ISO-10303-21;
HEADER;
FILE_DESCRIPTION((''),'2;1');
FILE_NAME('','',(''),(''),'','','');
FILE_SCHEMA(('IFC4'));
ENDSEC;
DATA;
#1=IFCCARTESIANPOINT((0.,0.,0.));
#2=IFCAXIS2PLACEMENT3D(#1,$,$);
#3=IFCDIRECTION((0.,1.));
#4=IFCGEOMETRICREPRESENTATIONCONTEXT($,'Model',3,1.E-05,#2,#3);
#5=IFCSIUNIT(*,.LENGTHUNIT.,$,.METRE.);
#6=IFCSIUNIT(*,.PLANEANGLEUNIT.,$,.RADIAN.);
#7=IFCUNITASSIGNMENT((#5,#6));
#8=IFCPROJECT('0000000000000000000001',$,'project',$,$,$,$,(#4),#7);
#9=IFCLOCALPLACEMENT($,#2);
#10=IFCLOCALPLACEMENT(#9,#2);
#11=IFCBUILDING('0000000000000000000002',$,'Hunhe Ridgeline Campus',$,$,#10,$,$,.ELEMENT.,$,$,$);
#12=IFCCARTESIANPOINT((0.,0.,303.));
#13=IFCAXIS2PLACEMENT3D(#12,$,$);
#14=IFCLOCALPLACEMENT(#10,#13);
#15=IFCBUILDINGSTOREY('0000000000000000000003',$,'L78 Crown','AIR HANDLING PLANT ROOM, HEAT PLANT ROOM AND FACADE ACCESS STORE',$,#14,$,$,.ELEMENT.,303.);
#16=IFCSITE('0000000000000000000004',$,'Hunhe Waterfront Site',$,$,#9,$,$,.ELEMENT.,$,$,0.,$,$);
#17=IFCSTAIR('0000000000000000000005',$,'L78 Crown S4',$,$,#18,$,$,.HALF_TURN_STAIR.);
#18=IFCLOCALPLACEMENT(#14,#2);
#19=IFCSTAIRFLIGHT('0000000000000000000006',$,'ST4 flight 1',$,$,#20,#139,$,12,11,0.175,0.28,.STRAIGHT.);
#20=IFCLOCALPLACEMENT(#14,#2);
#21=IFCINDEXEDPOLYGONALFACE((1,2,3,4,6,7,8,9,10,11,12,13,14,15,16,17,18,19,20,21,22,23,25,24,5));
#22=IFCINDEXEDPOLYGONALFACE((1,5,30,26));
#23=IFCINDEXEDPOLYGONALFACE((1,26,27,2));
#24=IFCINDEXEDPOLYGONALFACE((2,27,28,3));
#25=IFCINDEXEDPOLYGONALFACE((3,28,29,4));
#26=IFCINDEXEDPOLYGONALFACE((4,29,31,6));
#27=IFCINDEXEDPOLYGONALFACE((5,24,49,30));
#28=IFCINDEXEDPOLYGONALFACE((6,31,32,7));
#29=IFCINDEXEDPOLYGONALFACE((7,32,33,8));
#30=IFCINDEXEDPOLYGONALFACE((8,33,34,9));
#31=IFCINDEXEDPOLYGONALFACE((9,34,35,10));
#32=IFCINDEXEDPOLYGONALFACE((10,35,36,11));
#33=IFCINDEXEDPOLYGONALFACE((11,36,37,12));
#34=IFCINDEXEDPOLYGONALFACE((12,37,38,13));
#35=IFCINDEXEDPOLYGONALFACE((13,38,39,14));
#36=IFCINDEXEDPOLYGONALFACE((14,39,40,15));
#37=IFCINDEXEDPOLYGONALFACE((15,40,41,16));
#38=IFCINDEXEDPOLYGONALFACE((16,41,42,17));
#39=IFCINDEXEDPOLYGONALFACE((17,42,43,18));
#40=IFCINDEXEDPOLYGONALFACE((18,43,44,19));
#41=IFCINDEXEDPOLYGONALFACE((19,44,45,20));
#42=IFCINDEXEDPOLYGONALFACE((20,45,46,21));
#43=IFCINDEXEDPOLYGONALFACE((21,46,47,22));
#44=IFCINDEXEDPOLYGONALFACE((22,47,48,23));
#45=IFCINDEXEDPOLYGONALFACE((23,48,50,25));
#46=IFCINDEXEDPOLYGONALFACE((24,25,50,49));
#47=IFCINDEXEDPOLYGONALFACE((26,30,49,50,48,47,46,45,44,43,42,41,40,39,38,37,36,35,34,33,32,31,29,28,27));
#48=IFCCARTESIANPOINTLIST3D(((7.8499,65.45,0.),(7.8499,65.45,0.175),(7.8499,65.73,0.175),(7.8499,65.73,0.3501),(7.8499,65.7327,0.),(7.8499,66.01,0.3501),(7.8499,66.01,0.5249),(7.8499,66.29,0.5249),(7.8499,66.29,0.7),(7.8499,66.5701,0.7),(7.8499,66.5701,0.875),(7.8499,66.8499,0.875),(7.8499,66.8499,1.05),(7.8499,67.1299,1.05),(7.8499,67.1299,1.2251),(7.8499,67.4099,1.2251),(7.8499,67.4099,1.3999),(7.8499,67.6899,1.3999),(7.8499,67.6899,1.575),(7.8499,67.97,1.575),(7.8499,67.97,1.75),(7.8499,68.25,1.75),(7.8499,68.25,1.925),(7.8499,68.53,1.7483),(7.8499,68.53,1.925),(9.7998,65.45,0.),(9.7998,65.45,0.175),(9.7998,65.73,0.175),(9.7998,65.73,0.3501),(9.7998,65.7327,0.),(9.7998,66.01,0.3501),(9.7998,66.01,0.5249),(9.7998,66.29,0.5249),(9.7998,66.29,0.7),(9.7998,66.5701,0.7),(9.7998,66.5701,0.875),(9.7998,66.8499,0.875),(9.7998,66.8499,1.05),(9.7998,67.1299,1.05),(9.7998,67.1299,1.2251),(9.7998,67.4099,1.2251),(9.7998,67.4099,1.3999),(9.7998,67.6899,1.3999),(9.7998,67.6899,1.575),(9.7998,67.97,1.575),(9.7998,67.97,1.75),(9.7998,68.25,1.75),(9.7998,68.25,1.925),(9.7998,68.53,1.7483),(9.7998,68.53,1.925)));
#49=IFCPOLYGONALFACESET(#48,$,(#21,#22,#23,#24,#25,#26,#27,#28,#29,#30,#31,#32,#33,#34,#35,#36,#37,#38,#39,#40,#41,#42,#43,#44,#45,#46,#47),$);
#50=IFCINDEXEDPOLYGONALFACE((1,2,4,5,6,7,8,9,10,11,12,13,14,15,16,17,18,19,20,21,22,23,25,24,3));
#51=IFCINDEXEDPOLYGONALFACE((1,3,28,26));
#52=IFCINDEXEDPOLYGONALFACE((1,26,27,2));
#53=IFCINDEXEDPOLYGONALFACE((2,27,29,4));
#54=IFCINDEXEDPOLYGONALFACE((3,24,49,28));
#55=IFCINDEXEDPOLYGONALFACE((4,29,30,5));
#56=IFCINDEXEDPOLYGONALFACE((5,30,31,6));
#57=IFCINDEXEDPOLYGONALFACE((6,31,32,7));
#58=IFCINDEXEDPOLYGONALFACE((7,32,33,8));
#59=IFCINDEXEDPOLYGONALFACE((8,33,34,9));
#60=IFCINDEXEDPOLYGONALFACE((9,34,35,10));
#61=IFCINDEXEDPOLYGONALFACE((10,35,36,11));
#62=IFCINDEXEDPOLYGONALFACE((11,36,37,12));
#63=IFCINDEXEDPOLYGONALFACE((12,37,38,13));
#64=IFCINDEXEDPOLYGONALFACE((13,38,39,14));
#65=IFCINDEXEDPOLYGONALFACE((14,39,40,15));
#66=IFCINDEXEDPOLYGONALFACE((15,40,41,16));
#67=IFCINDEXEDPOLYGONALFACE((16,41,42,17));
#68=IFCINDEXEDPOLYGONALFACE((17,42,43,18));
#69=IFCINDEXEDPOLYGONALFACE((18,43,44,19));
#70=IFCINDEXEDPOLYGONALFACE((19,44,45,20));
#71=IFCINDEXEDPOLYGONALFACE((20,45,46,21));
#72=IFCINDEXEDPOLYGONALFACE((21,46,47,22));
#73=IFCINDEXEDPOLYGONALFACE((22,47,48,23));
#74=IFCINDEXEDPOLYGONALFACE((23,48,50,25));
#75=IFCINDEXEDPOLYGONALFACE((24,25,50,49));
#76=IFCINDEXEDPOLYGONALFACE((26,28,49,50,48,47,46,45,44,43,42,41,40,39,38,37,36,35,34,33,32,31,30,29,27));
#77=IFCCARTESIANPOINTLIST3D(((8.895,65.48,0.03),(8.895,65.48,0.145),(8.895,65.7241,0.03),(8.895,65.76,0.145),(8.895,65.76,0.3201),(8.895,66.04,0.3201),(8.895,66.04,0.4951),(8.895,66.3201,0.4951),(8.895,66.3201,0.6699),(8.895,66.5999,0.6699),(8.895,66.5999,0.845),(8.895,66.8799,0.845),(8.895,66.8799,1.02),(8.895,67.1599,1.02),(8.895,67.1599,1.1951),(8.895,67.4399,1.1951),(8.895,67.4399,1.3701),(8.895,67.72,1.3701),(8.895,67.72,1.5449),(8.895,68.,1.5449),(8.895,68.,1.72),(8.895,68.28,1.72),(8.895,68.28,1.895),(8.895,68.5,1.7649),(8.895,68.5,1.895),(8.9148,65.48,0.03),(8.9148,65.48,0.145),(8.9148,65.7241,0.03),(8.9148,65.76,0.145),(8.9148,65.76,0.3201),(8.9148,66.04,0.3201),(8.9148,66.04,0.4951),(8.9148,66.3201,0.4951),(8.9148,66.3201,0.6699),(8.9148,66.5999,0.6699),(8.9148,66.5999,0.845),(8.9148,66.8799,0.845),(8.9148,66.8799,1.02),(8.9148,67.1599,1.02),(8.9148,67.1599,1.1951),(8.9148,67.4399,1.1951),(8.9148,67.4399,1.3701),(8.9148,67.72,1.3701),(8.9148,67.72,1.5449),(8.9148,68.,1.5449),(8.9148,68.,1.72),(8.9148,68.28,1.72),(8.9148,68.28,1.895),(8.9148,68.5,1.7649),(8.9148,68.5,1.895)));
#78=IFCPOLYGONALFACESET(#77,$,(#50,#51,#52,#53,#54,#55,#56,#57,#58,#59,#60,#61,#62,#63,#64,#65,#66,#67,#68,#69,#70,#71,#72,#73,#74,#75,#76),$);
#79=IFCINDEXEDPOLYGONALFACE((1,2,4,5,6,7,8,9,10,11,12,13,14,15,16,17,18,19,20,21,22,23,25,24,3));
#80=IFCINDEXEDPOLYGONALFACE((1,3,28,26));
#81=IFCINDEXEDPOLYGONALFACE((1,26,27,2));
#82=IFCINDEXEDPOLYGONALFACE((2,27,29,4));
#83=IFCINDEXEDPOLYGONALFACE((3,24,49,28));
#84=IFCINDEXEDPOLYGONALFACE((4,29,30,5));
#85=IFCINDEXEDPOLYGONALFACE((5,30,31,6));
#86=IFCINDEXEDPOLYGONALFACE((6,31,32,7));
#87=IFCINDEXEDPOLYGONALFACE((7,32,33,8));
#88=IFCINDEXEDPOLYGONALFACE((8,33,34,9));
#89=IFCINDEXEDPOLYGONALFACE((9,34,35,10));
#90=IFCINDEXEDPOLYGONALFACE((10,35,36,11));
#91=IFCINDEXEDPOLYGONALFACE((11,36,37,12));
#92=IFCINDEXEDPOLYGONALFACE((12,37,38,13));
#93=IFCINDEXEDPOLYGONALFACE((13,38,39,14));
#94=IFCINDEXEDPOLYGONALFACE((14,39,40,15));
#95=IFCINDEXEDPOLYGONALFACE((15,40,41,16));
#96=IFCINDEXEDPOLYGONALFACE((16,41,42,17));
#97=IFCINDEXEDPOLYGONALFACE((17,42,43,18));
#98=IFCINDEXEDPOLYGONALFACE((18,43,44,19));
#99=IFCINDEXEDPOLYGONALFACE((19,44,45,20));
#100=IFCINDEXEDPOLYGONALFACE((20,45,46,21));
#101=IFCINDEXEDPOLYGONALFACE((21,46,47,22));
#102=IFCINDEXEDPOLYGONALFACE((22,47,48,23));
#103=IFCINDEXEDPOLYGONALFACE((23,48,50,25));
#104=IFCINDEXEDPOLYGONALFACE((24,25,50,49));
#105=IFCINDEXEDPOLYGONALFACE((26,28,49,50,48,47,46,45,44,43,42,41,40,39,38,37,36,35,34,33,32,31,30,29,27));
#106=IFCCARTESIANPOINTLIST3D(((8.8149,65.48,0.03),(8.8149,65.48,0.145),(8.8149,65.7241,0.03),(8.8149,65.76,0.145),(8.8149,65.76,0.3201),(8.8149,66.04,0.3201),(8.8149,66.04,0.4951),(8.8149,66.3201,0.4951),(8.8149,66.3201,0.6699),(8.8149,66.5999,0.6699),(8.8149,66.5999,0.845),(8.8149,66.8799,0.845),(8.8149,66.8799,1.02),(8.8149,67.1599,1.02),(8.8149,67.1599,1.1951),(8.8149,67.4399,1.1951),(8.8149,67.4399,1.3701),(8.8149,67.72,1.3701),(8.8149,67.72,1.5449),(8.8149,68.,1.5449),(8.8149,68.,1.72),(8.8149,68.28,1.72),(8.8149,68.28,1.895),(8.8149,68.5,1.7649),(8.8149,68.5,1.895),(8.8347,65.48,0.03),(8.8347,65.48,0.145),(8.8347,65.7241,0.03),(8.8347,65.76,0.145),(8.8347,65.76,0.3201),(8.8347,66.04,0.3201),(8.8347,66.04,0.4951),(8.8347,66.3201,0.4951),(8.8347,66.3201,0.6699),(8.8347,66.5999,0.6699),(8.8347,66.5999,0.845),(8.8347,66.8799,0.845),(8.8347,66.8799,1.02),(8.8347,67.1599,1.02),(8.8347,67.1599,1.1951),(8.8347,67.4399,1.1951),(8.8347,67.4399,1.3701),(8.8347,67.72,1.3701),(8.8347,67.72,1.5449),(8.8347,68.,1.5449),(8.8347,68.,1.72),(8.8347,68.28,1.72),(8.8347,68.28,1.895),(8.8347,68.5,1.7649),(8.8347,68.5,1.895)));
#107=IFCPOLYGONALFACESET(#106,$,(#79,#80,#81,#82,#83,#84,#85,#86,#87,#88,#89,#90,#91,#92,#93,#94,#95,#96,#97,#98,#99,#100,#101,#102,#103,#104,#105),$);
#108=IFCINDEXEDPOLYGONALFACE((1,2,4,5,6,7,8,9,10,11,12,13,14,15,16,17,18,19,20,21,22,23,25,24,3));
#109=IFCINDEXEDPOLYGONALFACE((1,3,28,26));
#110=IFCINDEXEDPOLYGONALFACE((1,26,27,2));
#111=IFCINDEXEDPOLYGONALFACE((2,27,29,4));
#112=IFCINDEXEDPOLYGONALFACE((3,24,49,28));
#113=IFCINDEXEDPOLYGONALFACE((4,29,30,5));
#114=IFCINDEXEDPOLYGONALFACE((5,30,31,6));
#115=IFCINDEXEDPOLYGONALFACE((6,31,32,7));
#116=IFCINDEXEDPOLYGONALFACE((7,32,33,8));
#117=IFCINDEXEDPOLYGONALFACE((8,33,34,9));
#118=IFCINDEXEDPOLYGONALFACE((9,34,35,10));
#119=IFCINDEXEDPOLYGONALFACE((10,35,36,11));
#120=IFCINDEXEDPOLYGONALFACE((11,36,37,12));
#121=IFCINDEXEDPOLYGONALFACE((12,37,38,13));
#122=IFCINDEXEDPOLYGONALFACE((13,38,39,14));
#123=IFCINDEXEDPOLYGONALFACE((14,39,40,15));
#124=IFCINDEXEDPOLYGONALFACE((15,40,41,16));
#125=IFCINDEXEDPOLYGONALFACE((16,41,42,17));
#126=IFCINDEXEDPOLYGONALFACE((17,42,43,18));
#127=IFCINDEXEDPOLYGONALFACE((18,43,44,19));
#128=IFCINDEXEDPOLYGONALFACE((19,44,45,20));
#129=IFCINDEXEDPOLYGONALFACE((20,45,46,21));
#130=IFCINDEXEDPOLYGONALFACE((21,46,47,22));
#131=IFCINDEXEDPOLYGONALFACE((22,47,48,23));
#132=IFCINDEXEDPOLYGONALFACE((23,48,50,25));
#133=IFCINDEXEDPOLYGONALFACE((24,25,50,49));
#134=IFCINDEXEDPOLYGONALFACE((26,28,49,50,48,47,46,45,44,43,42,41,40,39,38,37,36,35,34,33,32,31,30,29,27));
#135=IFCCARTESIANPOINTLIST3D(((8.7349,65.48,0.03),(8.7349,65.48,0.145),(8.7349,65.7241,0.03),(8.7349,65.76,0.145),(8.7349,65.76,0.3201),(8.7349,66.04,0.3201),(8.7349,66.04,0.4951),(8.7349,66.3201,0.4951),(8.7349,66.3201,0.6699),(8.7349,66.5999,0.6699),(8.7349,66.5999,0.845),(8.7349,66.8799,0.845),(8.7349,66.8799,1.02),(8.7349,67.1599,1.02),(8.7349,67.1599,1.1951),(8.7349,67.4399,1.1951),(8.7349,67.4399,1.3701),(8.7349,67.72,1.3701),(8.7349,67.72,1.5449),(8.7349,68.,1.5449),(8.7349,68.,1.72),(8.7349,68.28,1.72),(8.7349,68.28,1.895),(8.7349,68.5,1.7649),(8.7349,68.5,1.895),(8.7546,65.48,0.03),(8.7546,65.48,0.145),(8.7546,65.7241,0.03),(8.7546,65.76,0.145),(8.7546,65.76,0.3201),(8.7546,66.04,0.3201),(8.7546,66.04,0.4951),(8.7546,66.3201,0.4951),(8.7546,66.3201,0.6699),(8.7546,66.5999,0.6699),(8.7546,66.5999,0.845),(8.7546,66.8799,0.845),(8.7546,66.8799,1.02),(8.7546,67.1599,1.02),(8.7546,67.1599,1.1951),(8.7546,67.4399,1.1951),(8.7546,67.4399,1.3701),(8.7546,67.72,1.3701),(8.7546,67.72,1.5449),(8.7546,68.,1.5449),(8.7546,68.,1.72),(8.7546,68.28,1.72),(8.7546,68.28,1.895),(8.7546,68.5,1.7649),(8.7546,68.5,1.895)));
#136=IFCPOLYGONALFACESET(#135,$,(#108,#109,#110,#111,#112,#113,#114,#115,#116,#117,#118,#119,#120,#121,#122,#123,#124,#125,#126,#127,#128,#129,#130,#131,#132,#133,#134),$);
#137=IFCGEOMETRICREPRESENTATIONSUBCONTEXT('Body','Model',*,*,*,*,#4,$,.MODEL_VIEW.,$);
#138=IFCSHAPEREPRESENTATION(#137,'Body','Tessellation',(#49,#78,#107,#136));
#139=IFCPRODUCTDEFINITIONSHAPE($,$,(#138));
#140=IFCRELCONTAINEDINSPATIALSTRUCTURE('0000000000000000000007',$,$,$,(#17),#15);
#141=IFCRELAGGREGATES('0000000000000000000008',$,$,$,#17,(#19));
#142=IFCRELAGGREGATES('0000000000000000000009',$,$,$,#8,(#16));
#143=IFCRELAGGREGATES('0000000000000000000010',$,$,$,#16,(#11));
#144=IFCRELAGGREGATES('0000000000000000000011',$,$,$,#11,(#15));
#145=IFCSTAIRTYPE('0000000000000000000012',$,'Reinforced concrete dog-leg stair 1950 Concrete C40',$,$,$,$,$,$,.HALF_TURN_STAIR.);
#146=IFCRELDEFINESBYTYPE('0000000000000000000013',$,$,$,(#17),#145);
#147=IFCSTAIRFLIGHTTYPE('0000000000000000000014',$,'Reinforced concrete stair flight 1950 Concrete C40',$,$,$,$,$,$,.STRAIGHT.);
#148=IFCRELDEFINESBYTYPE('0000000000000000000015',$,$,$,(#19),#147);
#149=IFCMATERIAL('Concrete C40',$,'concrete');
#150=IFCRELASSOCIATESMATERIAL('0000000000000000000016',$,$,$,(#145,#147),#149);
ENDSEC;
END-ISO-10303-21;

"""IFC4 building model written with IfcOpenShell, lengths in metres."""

from ifc_helpers import new_model, si_unit, direction, frame, origin, place, context, subcontext, project, spatial, polyline, outline, extrude, material, type_object, element, aggregate, save


model = new_model("IFC4")

# Units and contexts
model_context = context("Model", 3, precision=1e-05, world=origin(), true_north=direction((0.0, 1.0)))
body_context = subcontext(model_context, "Body", "Model", "MODEL_VIEW")
ifc_project = project(units=[si_unit("LENGTHUNIT", "METRE"), si_unit("PLANEANGLEUNIT", "RADIAN")], contexts=[model_context])

# Site, building, storey
site_placement = place(None, origin())
site = spatial("IfcSite", under=ifc_project, at=site_placement, Name="Hunhe Waterfront Site", CompositionType="ELEMENT", RefElevation=0.0)
building_placement = place(site_placement, origin())
building = spatial("IfcBuilding", under=site, at=building_placement, Name="Hunhe Ridgeline Campus", CompositionType="ELEMENT")
storey_placement = place(building_placement, frame((0.0, 0.0, 303.0)))
storey = spatial("IfcBuildingStorey", under=building, at=storey_placement, Name="L78 Crown", Description="AIR HANDLING PLANT ROOM, HEAT PLANT ROOM AND FACADE ACCESS STORE", CompositionType="ELEMENT", Elevation=303.0)

# Shared definitions
ifc_material_1 = material(Name="Concrete C40", Category="concrete")
stair_type = type_object("IfcStairType", Name="Reinforced concrete dog-leg stair 1950 Concrete C40", PredefinedType="HALF_TURN_STAIR", material=ifc_material_1)
stair_flight_type = type_object("IfcStairFlightType", Name="Reinforced concrete stair flight 1950 Concrete C40", PredefinedType="STRAIGHT", material=ifc_material_1)

# Stair, stair flight
stair_1_placement = place(storey_placement, origin())
stair_1 = element("IfcStair", 1, at=stair_1_placement, inside=storey, type_object=stair_type, Name="L78 Crown S4", PredefinedType="HALF_TURN_STAIR")
stair_flight_1_placement = place(storey_placement, frame((8.825, 65.45, 0.0), z_axis=(0.0, 0.0, 1.0), x_axis=(0.0, 1.0, 0.0)))
stair_flight_1 = element("IfcStairFlight", 2, at=stair_flight_1_placement, type_object=stair_flight_type, Name="ST4 flight 1", NumberOfRisers=12, NumberOfTreads=11, PredefinedType="STRAIGHT", RiserHeight=0.175, TreadLength=0.28, context=body_context, shape_type="SweptSolid", body=[
    extrude(outline(polyline([(0.0, 0.0), (0.0, 0.175), (0.28, 0.175), (0.28, 0.3501), (0.5601, 0.3501), (0.5601, 0.5249), (0.8401, 0.5249), (0.8401, 0.7), (1.1201, 0.7), (1.1201, 0.875), (1.3999, 0.875), (1.3999, 1.05), (1.6799, 1.05), (1.6799, 1.2251), (1.96, 1.2251), (1.96, 1.3999), (2.24, 1.3999), (2.24, 1.575), (2.52, 1.575), (2.52, 1.75), (2.8, 1.75), (2.8, 1.925), (3.0801, 1.925), (3.0801, 2.1001), (3.0801, 1.7483), (0.2827, 0.0), (0.0, 0.0)])), frame((0.0, 0.9751, 0.0), z_axis=(0.0, -1.0, 0.0), x_axis=(1.0, 0.0, 0.0)), (0.0, 0.0, 1.0), 1.95),
    extrude(outline(polyline([(0.03, 0.03), (0.03, 0.145), (0.3101, 0.145), (0.3101, 0.3201), (0.5901, 0.3201), (0.5901, 0.4951), (0.8701, 0.4951), (0.8701, 0.6699), (1.1499, 0.6699), (1.1499, 0.845), (1.4299, 0.845), (1.4299, 1.02), (1.71, 1.02), (1.71, 1.1951), (1.99, 1.1951), (1.99, 1.3701), (2.27, 1.3701), (2.27, 1.5449), (2.55, 1.5449), (2.55, 1.72), (2.8301, 1.72), (2.8301, 1.895), (3.05, 1.895), (3.05, 1.7649), (0.2742, 0.03), (0.03, 0.03)])), frame((0.0, -0.0701, 0.0), z_axis=(0.0, -1.0, 0.0), x_axis=(1.0, 0.0, 0.0)), (0.0, 0.0, 1.0), 0.0198),
    extrude(outline(polyline([(0.03, 0.03), (0.03, 0.145), (0.3101, 0.145), (0.3101, 0.3201), (0.5901, 0.3201), (0.5901, 0.4951), (0.8701, 0.4951), (0.8701, 0.6699), (1.1499, 0.6699), (1.1499, 0.845), (1.4299, 0.845), (1.4299, 1.02), (1.71, 1.02), (1.71, 1.1951), (1.99, 1.1951), (1.99, 1.3701), (2.27, 1.3701), (2.27, 1.5449), (2.55, 1.5449), (2.55, 1.72), (2.8301, 1.72), (2.8301, 1.895), (3.05, 1.895), (3.05, 1.7649), (0.2742, 0.03), (0.03, 0.03)])), frame((0.0, 0.01, 0.0), z_axis=(0.0, -1.0, 0.0), x_axis=(1.0, 0.0, 0.0)), (0.0, 0.0, 1.0), 0.0198),
    extrude(outline(polyline([(0.03, 0.03), (0.03, 0.145), (0.3101, 0.145), (0.3101, 0.3201), (0.5901, 0.3201), (0.5901, 0.4951), (0.8701, 0.4951), (0.8701, 0.6699), (1.1499, 0.6699), (1.1499, 0.845), (1.4299, 0.845), (1.4299, 1.02), (1.71, 1.02), (1.71, 1.1951), (1.99, 1.1951), (1.99, 1.3701), (2.27, 1.3701), (2.27, 1.5449), (2.55, 1.5449), (2.55, 1.72), (2.8301, 1.72), (2.8301, 1.895), (3.05, 1.895), (3.05, 1.7649), (0.2742, 0.03), (0.03, 0.03)])), frame((0.0, 0.0901, 0.0), z_axis=(0.0, -1.0, 0.0), x_axis=(1.0, 0.0, 0.0)), (0.0, 0.0, 1.0), 0.0198),
])
aggregate(stair_1, [stair_flight_1])

save(model, "model.ifc")
